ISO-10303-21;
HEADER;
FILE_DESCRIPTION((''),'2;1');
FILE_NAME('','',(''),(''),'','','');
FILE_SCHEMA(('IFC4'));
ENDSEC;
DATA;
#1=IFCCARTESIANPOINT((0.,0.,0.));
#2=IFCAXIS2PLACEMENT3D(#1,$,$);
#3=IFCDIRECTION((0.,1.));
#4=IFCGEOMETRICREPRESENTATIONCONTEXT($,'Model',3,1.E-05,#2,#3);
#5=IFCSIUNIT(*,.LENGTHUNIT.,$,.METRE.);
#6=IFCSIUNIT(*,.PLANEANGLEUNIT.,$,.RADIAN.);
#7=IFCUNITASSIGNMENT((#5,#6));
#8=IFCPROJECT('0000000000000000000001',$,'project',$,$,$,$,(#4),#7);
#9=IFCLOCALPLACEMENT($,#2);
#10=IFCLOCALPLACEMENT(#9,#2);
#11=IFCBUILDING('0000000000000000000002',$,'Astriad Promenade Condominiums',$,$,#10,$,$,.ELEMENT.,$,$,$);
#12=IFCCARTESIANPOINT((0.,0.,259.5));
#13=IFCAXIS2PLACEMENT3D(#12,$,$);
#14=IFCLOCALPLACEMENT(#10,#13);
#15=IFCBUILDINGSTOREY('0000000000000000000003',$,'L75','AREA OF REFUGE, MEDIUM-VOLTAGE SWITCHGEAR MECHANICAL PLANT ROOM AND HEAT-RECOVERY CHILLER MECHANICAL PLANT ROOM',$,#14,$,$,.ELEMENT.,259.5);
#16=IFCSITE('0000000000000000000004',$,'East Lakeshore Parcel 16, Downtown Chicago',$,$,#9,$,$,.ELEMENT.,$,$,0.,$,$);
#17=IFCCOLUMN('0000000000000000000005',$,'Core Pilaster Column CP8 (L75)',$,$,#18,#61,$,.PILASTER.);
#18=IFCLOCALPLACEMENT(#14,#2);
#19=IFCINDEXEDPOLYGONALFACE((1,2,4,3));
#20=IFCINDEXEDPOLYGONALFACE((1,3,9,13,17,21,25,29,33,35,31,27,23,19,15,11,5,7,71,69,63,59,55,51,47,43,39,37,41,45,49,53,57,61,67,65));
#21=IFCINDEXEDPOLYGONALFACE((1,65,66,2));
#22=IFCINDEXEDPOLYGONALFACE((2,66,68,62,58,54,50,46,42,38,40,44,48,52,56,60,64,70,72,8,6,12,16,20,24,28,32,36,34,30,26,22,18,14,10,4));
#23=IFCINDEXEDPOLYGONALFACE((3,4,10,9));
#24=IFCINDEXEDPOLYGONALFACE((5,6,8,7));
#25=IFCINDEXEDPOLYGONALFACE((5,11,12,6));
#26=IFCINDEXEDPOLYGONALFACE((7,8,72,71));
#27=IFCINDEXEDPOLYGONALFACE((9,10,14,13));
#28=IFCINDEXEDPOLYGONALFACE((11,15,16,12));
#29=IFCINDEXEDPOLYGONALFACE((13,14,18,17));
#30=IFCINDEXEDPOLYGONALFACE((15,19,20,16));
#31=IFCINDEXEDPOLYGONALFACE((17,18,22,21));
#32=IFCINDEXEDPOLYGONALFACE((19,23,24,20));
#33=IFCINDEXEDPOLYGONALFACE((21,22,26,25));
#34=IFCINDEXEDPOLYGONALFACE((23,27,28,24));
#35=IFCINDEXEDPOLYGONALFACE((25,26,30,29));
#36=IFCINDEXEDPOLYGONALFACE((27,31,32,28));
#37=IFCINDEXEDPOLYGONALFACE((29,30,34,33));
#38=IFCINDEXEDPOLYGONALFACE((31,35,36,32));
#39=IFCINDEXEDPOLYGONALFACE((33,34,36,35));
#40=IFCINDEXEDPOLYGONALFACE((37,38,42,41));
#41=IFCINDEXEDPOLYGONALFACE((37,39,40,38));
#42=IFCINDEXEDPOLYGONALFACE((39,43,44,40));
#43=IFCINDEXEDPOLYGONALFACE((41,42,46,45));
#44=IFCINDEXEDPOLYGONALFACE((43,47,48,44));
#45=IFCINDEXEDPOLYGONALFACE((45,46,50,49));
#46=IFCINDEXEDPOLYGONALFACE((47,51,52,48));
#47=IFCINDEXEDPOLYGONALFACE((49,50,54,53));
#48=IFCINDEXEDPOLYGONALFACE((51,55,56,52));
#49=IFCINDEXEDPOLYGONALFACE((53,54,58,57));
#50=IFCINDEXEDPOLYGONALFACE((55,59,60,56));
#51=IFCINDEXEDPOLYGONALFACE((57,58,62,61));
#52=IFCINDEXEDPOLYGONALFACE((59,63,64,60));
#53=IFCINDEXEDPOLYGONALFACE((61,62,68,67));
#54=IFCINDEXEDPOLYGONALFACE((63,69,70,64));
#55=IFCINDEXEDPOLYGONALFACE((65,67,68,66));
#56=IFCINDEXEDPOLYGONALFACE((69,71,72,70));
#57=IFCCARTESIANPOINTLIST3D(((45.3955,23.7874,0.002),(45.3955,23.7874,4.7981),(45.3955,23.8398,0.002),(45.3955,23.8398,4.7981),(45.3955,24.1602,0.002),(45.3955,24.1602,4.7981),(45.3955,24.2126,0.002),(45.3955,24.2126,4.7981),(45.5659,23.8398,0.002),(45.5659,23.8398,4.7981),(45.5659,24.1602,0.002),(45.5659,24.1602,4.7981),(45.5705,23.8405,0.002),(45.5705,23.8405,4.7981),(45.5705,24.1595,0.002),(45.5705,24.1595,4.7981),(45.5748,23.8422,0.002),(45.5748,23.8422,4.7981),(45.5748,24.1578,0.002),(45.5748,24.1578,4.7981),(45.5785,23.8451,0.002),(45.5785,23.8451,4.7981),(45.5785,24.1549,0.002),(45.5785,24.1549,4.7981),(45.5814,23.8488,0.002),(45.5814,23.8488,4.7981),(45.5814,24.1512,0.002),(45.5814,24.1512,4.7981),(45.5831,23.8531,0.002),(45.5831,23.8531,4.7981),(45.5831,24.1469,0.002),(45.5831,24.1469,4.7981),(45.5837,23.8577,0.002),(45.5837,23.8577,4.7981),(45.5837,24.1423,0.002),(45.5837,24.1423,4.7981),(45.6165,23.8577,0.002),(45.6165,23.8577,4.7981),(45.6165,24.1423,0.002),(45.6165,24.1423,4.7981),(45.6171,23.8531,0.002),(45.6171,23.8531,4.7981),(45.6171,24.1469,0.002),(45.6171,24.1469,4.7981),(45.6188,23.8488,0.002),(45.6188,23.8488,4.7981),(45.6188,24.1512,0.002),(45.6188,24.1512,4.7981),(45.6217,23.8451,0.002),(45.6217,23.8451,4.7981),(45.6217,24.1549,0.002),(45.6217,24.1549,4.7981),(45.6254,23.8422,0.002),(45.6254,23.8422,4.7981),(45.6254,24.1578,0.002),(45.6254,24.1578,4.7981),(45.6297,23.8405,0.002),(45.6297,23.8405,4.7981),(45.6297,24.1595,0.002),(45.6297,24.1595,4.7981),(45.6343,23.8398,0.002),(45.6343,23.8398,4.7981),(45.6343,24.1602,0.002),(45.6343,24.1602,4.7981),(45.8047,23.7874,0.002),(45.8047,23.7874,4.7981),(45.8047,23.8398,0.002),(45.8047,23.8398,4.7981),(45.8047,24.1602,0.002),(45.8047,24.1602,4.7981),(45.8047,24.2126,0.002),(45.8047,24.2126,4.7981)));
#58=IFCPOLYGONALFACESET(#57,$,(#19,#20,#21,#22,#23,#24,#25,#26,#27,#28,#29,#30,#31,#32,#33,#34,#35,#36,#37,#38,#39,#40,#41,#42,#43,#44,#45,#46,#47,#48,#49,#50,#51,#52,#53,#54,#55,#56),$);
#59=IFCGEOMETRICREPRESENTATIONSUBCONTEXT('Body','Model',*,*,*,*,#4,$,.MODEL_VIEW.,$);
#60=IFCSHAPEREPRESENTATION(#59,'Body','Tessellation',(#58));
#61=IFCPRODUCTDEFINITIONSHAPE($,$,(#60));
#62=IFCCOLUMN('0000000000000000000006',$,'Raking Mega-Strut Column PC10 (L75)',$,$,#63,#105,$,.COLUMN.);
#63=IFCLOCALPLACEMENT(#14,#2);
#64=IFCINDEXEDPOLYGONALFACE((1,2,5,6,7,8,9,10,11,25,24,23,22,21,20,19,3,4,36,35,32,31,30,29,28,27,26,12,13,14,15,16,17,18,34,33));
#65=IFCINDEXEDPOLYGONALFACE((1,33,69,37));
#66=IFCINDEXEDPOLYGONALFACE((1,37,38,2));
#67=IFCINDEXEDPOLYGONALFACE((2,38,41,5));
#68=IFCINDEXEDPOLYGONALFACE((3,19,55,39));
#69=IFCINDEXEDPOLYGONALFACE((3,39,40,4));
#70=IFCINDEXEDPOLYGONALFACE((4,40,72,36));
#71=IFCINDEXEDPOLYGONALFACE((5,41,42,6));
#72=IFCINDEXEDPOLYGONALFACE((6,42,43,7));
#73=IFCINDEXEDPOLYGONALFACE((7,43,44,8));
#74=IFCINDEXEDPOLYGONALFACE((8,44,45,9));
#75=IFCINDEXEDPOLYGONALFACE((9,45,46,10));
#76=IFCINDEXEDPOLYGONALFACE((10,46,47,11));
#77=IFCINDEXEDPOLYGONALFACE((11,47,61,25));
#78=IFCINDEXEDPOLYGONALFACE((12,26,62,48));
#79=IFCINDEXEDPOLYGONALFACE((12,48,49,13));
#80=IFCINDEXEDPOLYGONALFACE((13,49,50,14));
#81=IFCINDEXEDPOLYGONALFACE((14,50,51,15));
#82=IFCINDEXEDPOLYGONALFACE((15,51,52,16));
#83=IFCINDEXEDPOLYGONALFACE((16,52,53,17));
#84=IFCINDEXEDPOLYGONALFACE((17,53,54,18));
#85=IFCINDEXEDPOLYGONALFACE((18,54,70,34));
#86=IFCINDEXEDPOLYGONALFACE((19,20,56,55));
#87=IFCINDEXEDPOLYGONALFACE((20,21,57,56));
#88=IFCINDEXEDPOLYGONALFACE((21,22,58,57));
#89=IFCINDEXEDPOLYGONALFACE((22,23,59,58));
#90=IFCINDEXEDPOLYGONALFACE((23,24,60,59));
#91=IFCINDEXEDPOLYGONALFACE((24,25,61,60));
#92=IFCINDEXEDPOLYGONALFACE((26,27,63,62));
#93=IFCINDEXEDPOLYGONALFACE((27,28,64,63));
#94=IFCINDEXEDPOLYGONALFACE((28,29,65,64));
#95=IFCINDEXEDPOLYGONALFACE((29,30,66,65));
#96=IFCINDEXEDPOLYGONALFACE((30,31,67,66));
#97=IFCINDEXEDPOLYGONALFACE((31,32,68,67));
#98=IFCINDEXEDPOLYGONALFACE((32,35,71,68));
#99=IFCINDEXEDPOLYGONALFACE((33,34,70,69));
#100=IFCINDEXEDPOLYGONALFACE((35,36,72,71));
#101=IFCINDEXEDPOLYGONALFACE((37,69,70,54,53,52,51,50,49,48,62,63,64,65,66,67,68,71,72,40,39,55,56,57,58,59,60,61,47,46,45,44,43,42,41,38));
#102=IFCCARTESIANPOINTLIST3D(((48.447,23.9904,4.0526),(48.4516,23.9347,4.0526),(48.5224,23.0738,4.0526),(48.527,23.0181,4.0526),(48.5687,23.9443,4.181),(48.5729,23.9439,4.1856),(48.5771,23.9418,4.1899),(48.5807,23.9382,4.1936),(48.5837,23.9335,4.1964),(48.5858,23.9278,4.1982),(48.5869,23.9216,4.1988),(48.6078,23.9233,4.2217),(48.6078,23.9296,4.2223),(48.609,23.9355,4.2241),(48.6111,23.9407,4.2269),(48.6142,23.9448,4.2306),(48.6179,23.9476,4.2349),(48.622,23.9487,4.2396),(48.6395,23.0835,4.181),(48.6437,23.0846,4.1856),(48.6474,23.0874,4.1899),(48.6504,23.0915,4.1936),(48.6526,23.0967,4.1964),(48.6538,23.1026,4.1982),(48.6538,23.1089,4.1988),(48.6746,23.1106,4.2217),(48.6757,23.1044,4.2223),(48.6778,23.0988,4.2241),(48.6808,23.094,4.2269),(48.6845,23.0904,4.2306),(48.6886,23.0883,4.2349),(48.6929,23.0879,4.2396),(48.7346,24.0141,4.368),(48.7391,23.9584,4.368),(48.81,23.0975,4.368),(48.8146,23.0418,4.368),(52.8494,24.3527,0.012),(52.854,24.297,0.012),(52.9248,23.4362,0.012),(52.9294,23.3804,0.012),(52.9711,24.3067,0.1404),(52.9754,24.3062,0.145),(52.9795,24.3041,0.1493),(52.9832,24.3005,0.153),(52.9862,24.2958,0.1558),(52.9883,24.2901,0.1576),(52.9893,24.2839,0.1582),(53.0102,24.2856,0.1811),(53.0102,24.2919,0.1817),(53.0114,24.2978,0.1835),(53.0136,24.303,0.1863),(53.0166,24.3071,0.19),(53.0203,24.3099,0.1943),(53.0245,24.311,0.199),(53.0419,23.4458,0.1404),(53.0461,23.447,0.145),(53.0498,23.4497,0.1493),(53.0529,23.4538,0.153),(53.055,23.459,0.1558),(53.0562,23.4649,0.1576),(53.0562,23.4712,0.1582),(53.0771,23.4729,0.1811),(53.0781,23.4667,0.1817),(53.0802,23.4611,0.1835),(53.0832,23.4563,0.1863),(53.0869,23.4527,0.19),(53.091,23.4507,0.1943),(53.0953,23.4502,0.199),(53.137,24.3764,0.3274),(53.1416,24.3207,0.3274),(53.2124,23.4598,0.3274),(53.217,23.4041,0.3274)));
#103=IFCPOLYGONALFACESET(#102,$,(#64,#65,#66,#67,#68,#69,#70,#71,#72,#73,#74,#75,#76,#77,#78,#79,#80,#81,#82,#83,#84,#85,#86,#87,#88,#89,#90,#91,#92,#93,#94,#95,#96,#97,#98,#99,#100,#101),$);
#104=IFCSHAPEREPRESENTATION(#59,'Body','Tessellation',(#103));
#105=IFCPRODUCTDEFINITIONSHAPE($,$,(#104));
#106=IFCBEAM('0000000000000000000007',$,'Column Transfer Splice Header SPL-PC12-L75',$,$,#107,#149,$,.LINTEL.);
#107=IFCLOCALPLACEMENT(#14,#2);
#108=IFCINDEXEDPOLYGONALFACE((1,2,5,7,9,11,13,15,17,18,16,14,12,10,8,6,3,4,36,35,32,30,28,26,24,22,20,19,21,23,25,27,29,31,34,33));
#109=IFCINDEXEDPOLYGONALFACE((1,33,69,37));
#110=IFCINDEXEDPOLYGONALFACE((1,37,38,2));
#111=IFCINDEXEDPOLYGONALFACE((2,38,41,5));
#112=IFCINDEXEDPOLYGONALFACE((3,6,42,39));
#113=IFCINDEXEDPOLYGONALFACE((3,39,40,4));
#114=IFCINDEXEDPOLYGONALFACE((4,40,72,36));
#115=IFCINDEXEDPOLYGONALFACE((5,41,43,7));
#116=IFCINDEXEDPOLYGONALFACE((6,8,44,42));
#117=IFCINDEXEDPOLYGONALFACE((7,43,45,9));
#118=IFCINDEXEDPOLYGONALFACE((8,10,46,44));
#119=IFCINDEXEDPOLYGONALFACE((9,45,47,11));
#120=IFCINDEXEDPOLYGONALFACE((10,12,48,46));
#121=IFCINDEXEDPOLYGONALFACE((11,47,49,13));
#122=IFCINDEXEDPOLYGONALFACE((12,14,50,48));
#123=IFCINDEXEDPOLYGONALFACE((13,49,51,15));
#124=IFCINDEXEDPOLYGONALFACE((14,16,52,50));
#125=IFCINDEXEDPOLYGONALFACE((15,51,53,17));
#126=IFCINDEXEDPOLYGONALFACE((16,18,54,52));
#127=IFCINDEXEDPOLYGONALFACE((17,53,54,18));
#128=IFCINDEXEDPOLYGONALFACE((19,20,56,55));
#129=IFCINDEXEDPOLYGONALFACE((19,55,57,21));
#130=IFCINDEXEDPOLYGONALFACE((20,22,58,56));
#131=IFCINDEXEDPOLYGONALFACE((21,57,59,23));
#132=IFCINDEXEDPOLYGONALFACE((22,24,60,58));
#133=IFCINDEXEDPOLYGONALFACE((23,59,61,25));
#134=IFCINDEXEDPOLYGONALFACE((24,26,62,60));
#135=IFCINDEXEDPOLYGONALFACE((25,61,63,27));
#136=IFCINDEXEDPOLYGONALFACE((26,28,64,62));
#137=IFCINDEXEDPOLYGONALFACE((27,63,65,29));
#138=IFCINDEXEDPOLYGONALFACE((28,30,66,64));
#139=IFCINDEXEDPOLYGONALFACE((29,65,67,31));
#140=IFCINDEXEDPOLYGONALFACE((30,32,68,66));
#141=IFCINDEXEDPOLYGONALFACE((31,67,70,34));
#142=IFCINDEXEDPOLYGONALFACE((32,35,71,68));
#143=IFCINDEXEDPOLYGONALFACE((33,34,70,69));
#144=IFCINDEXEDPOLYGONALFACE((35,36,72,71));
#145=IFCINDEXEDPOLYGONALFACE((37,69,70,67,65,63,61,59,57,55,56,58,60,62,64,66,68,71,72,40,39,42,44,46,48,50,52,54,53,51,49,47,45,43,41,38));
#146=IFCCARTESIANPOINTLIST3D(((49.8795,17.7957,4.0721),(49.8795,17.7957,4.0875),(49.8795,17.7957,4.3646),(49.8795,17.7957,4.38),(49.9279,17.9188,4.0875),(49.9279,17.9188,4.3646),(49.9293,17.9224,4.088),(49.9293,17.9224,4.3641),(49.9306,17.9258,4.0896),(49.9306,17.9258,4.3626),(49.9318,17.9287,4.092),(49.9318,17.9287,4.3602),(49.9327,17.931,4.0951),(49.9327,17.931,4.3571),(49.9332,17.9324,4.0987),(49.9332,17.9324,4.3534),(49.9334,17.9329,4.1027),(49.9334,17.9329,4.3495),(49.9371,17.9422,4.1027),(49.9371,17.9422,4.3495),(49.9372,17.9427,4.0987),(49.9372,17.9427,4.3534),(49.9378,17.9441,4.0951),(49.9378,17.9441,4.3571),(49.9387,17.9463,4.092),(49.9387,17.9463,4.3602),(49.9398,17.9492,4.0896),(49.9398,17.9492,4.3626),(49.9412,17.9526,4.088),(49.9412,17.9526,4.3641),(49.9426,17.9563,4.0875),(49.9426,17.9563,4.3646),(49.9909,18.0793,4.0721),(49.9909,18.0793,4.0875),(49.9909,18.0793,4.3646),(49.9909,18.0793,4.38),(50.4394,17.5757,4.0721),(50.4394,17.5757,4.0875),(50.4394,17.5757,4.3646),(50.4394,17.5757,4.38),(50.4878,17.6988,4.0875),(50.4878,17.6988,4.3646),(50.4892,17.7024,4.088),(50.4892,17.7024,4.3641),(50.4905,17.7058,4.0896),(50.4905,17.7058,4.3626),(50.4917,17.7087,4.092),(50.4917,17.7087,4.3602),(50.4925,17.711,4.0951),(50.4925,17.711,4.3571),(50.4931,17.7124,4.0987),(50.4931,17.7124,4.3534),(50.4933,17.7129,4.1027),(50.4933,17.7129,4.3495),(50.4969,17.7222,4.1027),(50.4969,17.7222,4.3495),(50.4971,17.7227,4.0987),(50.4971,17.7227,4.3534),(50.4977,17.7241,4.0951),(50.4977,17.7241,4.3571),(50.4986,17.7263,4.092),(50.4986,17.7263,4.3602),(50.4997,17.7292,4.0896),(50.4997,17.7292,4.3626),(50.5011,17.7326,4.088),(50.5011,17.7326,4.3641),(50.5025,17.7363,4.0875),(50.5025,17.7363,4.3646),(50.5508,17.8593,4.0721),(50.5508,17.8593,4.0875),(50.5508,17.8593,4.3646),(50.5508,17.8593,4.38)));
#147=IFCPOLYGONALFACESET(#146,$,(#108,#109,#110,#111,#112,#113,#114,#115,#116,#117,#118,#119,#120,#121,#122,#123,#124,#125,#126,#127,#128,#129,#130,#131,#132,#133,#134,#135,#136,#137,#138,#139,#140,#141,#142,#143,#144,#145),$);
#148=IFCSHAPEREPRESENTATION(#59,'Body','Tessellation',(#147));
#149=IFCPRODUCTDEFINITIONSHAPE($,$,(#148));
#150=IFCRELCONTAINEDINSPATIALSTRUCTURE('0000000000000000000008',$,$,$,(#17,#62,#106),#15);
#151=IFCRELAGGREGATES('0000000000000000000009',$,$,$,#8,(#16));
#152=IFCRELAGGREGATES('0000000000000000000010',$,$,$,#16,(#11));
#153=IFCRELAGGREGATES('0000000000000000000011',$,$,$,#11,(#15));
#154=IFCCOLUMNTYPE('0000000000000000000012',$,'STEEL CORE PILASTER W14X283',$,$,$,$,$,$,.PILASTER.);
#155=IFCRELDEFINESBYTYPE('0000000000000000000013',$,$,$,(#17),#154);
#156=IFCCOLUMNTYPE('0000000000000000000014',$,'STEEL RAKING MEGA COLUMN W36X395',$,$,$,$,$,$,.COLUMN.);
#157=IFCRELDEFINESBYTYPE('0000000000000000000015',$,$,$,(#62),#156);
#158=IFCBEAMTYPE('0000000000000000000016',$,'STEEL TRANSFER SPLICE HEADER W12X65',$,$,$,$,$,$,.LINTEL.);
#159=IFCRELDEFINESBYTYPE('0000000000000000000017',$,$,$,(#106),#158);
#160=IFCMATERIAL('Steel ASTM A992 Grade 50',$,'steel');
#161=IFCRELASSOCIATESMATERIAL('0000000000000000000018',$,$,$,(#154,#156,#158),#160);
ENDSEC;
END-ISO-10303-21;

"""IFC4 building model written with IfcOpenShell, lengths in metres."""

from ifc_helpers import new_model, si_unit, direction, frame, origin, origin_2d, place, context, subcontext, project, spatial, i_section, extrude, source, transform, mapped, material, material_profile, profile_set, type_object, type_shapes, element, save


model = new_model("IFC4")

# Units and contexts
model_context = context("Model", 3, precision=1e-05, world=origin(), true_north=direction((0.0, 1.0)))
body_context = subcontext(model_context, "Body", "Model", "MODEL_VIEW")
ifc_project = project(units=[si_unit("LENGTHUNIT", "METRE"), si_unit("PLANEANGLEUNIT", "RADIAN")], contexts=[model_context])

# Site, building, storey
site_placement = place(None, origin())
site = spatial("IfcSite", under=ifc_project, at=site_placement, Name="East Lakeshore Parcel 16, Downtown Chicago", CompositionType="ELEMENT", RefElevation=0.0)
building_placement = place(site_placement, origin())
building = spatial("IfcBuilding", under=site, at=building_placement, Name="Astriad Promenade Condominiums", CompositionType="ELEMENT")
storey_placement = place(building_placement, frame((0.0, 0.0, 259.5)))
storey = spatial("IfcBuildingStorey", under=building, at=storey_placement, Name="L75", Description="AREA OF REFUGE, MEDIUM-VOLTAGE SWITCHGEAR MECHANICAL PLANT ROOM AND HEAT-RECOVERY CHILLER MECHANICAL PLANT ROOM", CompositionType="ELEMENT", Elevation=259.5)

# Columns
ifc_material_1 = material(Name="Steel ASTM A992 Grade 50", Category="steel")
ifc_material_profile_1 = material_profile(ifc_material_1, i_section(OverallWidth=0.4092, OverallDepth=0.4253, WebThickness=0.0327, FlangeThickness=0.0525, FilletRadius=0.0178, at=origin_2d()), Name="W14X283")
ifc_profile_set_1 = profile_set([ifc_material_profile_1], Name="Steel ASTM A992 Grade 50")
column_type_1 = type_object("IfcColumnType", Name="STEEL CORE PILASTER W14X283", PredefinedType="PILASTER", material=ifc_profile_set_1)
shared_shape_1 = source(origin(), body_context, "Body", "SweptSolid", [
    extrude(i_section(OverallWidth=0.4092, OverallDepth=0.4253, WebThickness=0.0327, FlangeThickness=0.0525, FilletRadius=0.0178, at=origin_2d()), origin(), (0.0, 0.0, 1.0), 4.7961),
])
type_shapes(column_type_1, [shared_shape_1])
column_1_placement = place(storey_placement, frame((45.6001, 24.0, 0.002), z_axis=(0.0, 0.0, 1.0), x_axis=(1.0, 0.0, 0.0)))
element("IfcColumn", 1, at=column_1_placement, inside=storey, type_object=column_type_1, Name="Core Pilaster Column CP8 (L75)", PredefinedType="PILASTER", context=body_context, shape_type="MappedRepresentation", body=[
    mapped(shared_shape_1, transform((0.0, 0.0, 0.0), scale=1.0)),
])
ifc_material_profile_2 = material_profile(ifc_material_1, i_section(OverallWidth=0.4275, OverallDepth=0.9756, WebThickness=0.031, FlangeThickness=0.0559, FilletRadius=0.0242, at=origin_2d()), Name="W36X395")
ifc_profile_set_2 = profile_set([ifc_material_profile_2], Name="Steel ASTM A992 Grade 50")
column_type_2 = type_object("IfcColumnType", Name="STEEL RAKING MEGA COLUMN W36X395", PredefinedType="COLUMN", material=ifc_profile_set_2)
shared_shape_2 = source(origin(), body_context, "Body", "SweptSolid", [
    extrude(i_section(OverallWidth=0.4275, OverallDepth=0.9756, WebThickness=0.031, FlangeThickness=0.0559, FilletRadius=0.0242, at=origin_2d()), origin(), (0.0, 0.0, 1.0), 5.9866),
])
type_shapes(column_type_2, [shared_shape_2])
column_2_placement = place(storey_placement, frame((53.0332, 23.8784, 0.1697), z_axis=(-0.735383, -0.060521, 0.674944), x_axis=(0.67267, 0.055359, 0.737869)))
element("IfcColumn", 2, at=column_2_placement, inside=storey, type_object=column_type_2, Name="Raking Mega-Strut Column PC10 (L75)", PredefinedType="COLUMN", context=body_context, shape_type="MappedRepresentation", body=[
    mapped(shared_shape_2, transform((0.0, 0.0, 0.0), scale=1.0)),
])

# Beam
ifc_material_profile_3 = material_profile(ifc_material_1, i_section(OverallWidth=0.3047, OverallDepth=0.3079, WebThickness=0.01, FlangeThickness=0.0154, FilletRadius=0.0151, at=origin_2d()), Name="W12X65")
ifc_profile_set_3 = profile_set([ifc_material_profile_3], Name="Steel ASTM A992 Grade 50")
beam_type_1 = type_object("IfcBeamType", Name="STEEL TRANSFER SPLICE HEADER W12X65", PredefinedType="LINTEL", material=ifc_profile_set_3)
shared_shape_3 = source(origin(), body_context, "Body", "SweptSolid", [
    extrude(i_section(OverallWidth=0.3047, OverallDepth=0.3079, WebThickness=0.01, FlangeThickness=0.0154, FilletRadius=0.0151, at=origin_2d()), origin(), (0.0, 0.0, 1.0), 0.6016),
])
beam_1_placement = place(storey_placement, frame((50.4951, 17.7175, 4.2261), z_axis=(-0.930727, 0.365715, 0.0), x_axis=(-0.365715, -0.930727, 0.0)))
element("IfcBeam", 3, at=beam_1_placement, inside=storey, type_object=beam_type_1, Name="Column Transfer Splice Header SPL-PC12-L75", PredefinedType="LINTEL", context=body_context, shape_type="MappedRepresentation", body=[
    mapped(shared_shape_3, transform((0.0, 0.0, 0.0), scale=1.0)),
])

save(model, "model.ifc")
